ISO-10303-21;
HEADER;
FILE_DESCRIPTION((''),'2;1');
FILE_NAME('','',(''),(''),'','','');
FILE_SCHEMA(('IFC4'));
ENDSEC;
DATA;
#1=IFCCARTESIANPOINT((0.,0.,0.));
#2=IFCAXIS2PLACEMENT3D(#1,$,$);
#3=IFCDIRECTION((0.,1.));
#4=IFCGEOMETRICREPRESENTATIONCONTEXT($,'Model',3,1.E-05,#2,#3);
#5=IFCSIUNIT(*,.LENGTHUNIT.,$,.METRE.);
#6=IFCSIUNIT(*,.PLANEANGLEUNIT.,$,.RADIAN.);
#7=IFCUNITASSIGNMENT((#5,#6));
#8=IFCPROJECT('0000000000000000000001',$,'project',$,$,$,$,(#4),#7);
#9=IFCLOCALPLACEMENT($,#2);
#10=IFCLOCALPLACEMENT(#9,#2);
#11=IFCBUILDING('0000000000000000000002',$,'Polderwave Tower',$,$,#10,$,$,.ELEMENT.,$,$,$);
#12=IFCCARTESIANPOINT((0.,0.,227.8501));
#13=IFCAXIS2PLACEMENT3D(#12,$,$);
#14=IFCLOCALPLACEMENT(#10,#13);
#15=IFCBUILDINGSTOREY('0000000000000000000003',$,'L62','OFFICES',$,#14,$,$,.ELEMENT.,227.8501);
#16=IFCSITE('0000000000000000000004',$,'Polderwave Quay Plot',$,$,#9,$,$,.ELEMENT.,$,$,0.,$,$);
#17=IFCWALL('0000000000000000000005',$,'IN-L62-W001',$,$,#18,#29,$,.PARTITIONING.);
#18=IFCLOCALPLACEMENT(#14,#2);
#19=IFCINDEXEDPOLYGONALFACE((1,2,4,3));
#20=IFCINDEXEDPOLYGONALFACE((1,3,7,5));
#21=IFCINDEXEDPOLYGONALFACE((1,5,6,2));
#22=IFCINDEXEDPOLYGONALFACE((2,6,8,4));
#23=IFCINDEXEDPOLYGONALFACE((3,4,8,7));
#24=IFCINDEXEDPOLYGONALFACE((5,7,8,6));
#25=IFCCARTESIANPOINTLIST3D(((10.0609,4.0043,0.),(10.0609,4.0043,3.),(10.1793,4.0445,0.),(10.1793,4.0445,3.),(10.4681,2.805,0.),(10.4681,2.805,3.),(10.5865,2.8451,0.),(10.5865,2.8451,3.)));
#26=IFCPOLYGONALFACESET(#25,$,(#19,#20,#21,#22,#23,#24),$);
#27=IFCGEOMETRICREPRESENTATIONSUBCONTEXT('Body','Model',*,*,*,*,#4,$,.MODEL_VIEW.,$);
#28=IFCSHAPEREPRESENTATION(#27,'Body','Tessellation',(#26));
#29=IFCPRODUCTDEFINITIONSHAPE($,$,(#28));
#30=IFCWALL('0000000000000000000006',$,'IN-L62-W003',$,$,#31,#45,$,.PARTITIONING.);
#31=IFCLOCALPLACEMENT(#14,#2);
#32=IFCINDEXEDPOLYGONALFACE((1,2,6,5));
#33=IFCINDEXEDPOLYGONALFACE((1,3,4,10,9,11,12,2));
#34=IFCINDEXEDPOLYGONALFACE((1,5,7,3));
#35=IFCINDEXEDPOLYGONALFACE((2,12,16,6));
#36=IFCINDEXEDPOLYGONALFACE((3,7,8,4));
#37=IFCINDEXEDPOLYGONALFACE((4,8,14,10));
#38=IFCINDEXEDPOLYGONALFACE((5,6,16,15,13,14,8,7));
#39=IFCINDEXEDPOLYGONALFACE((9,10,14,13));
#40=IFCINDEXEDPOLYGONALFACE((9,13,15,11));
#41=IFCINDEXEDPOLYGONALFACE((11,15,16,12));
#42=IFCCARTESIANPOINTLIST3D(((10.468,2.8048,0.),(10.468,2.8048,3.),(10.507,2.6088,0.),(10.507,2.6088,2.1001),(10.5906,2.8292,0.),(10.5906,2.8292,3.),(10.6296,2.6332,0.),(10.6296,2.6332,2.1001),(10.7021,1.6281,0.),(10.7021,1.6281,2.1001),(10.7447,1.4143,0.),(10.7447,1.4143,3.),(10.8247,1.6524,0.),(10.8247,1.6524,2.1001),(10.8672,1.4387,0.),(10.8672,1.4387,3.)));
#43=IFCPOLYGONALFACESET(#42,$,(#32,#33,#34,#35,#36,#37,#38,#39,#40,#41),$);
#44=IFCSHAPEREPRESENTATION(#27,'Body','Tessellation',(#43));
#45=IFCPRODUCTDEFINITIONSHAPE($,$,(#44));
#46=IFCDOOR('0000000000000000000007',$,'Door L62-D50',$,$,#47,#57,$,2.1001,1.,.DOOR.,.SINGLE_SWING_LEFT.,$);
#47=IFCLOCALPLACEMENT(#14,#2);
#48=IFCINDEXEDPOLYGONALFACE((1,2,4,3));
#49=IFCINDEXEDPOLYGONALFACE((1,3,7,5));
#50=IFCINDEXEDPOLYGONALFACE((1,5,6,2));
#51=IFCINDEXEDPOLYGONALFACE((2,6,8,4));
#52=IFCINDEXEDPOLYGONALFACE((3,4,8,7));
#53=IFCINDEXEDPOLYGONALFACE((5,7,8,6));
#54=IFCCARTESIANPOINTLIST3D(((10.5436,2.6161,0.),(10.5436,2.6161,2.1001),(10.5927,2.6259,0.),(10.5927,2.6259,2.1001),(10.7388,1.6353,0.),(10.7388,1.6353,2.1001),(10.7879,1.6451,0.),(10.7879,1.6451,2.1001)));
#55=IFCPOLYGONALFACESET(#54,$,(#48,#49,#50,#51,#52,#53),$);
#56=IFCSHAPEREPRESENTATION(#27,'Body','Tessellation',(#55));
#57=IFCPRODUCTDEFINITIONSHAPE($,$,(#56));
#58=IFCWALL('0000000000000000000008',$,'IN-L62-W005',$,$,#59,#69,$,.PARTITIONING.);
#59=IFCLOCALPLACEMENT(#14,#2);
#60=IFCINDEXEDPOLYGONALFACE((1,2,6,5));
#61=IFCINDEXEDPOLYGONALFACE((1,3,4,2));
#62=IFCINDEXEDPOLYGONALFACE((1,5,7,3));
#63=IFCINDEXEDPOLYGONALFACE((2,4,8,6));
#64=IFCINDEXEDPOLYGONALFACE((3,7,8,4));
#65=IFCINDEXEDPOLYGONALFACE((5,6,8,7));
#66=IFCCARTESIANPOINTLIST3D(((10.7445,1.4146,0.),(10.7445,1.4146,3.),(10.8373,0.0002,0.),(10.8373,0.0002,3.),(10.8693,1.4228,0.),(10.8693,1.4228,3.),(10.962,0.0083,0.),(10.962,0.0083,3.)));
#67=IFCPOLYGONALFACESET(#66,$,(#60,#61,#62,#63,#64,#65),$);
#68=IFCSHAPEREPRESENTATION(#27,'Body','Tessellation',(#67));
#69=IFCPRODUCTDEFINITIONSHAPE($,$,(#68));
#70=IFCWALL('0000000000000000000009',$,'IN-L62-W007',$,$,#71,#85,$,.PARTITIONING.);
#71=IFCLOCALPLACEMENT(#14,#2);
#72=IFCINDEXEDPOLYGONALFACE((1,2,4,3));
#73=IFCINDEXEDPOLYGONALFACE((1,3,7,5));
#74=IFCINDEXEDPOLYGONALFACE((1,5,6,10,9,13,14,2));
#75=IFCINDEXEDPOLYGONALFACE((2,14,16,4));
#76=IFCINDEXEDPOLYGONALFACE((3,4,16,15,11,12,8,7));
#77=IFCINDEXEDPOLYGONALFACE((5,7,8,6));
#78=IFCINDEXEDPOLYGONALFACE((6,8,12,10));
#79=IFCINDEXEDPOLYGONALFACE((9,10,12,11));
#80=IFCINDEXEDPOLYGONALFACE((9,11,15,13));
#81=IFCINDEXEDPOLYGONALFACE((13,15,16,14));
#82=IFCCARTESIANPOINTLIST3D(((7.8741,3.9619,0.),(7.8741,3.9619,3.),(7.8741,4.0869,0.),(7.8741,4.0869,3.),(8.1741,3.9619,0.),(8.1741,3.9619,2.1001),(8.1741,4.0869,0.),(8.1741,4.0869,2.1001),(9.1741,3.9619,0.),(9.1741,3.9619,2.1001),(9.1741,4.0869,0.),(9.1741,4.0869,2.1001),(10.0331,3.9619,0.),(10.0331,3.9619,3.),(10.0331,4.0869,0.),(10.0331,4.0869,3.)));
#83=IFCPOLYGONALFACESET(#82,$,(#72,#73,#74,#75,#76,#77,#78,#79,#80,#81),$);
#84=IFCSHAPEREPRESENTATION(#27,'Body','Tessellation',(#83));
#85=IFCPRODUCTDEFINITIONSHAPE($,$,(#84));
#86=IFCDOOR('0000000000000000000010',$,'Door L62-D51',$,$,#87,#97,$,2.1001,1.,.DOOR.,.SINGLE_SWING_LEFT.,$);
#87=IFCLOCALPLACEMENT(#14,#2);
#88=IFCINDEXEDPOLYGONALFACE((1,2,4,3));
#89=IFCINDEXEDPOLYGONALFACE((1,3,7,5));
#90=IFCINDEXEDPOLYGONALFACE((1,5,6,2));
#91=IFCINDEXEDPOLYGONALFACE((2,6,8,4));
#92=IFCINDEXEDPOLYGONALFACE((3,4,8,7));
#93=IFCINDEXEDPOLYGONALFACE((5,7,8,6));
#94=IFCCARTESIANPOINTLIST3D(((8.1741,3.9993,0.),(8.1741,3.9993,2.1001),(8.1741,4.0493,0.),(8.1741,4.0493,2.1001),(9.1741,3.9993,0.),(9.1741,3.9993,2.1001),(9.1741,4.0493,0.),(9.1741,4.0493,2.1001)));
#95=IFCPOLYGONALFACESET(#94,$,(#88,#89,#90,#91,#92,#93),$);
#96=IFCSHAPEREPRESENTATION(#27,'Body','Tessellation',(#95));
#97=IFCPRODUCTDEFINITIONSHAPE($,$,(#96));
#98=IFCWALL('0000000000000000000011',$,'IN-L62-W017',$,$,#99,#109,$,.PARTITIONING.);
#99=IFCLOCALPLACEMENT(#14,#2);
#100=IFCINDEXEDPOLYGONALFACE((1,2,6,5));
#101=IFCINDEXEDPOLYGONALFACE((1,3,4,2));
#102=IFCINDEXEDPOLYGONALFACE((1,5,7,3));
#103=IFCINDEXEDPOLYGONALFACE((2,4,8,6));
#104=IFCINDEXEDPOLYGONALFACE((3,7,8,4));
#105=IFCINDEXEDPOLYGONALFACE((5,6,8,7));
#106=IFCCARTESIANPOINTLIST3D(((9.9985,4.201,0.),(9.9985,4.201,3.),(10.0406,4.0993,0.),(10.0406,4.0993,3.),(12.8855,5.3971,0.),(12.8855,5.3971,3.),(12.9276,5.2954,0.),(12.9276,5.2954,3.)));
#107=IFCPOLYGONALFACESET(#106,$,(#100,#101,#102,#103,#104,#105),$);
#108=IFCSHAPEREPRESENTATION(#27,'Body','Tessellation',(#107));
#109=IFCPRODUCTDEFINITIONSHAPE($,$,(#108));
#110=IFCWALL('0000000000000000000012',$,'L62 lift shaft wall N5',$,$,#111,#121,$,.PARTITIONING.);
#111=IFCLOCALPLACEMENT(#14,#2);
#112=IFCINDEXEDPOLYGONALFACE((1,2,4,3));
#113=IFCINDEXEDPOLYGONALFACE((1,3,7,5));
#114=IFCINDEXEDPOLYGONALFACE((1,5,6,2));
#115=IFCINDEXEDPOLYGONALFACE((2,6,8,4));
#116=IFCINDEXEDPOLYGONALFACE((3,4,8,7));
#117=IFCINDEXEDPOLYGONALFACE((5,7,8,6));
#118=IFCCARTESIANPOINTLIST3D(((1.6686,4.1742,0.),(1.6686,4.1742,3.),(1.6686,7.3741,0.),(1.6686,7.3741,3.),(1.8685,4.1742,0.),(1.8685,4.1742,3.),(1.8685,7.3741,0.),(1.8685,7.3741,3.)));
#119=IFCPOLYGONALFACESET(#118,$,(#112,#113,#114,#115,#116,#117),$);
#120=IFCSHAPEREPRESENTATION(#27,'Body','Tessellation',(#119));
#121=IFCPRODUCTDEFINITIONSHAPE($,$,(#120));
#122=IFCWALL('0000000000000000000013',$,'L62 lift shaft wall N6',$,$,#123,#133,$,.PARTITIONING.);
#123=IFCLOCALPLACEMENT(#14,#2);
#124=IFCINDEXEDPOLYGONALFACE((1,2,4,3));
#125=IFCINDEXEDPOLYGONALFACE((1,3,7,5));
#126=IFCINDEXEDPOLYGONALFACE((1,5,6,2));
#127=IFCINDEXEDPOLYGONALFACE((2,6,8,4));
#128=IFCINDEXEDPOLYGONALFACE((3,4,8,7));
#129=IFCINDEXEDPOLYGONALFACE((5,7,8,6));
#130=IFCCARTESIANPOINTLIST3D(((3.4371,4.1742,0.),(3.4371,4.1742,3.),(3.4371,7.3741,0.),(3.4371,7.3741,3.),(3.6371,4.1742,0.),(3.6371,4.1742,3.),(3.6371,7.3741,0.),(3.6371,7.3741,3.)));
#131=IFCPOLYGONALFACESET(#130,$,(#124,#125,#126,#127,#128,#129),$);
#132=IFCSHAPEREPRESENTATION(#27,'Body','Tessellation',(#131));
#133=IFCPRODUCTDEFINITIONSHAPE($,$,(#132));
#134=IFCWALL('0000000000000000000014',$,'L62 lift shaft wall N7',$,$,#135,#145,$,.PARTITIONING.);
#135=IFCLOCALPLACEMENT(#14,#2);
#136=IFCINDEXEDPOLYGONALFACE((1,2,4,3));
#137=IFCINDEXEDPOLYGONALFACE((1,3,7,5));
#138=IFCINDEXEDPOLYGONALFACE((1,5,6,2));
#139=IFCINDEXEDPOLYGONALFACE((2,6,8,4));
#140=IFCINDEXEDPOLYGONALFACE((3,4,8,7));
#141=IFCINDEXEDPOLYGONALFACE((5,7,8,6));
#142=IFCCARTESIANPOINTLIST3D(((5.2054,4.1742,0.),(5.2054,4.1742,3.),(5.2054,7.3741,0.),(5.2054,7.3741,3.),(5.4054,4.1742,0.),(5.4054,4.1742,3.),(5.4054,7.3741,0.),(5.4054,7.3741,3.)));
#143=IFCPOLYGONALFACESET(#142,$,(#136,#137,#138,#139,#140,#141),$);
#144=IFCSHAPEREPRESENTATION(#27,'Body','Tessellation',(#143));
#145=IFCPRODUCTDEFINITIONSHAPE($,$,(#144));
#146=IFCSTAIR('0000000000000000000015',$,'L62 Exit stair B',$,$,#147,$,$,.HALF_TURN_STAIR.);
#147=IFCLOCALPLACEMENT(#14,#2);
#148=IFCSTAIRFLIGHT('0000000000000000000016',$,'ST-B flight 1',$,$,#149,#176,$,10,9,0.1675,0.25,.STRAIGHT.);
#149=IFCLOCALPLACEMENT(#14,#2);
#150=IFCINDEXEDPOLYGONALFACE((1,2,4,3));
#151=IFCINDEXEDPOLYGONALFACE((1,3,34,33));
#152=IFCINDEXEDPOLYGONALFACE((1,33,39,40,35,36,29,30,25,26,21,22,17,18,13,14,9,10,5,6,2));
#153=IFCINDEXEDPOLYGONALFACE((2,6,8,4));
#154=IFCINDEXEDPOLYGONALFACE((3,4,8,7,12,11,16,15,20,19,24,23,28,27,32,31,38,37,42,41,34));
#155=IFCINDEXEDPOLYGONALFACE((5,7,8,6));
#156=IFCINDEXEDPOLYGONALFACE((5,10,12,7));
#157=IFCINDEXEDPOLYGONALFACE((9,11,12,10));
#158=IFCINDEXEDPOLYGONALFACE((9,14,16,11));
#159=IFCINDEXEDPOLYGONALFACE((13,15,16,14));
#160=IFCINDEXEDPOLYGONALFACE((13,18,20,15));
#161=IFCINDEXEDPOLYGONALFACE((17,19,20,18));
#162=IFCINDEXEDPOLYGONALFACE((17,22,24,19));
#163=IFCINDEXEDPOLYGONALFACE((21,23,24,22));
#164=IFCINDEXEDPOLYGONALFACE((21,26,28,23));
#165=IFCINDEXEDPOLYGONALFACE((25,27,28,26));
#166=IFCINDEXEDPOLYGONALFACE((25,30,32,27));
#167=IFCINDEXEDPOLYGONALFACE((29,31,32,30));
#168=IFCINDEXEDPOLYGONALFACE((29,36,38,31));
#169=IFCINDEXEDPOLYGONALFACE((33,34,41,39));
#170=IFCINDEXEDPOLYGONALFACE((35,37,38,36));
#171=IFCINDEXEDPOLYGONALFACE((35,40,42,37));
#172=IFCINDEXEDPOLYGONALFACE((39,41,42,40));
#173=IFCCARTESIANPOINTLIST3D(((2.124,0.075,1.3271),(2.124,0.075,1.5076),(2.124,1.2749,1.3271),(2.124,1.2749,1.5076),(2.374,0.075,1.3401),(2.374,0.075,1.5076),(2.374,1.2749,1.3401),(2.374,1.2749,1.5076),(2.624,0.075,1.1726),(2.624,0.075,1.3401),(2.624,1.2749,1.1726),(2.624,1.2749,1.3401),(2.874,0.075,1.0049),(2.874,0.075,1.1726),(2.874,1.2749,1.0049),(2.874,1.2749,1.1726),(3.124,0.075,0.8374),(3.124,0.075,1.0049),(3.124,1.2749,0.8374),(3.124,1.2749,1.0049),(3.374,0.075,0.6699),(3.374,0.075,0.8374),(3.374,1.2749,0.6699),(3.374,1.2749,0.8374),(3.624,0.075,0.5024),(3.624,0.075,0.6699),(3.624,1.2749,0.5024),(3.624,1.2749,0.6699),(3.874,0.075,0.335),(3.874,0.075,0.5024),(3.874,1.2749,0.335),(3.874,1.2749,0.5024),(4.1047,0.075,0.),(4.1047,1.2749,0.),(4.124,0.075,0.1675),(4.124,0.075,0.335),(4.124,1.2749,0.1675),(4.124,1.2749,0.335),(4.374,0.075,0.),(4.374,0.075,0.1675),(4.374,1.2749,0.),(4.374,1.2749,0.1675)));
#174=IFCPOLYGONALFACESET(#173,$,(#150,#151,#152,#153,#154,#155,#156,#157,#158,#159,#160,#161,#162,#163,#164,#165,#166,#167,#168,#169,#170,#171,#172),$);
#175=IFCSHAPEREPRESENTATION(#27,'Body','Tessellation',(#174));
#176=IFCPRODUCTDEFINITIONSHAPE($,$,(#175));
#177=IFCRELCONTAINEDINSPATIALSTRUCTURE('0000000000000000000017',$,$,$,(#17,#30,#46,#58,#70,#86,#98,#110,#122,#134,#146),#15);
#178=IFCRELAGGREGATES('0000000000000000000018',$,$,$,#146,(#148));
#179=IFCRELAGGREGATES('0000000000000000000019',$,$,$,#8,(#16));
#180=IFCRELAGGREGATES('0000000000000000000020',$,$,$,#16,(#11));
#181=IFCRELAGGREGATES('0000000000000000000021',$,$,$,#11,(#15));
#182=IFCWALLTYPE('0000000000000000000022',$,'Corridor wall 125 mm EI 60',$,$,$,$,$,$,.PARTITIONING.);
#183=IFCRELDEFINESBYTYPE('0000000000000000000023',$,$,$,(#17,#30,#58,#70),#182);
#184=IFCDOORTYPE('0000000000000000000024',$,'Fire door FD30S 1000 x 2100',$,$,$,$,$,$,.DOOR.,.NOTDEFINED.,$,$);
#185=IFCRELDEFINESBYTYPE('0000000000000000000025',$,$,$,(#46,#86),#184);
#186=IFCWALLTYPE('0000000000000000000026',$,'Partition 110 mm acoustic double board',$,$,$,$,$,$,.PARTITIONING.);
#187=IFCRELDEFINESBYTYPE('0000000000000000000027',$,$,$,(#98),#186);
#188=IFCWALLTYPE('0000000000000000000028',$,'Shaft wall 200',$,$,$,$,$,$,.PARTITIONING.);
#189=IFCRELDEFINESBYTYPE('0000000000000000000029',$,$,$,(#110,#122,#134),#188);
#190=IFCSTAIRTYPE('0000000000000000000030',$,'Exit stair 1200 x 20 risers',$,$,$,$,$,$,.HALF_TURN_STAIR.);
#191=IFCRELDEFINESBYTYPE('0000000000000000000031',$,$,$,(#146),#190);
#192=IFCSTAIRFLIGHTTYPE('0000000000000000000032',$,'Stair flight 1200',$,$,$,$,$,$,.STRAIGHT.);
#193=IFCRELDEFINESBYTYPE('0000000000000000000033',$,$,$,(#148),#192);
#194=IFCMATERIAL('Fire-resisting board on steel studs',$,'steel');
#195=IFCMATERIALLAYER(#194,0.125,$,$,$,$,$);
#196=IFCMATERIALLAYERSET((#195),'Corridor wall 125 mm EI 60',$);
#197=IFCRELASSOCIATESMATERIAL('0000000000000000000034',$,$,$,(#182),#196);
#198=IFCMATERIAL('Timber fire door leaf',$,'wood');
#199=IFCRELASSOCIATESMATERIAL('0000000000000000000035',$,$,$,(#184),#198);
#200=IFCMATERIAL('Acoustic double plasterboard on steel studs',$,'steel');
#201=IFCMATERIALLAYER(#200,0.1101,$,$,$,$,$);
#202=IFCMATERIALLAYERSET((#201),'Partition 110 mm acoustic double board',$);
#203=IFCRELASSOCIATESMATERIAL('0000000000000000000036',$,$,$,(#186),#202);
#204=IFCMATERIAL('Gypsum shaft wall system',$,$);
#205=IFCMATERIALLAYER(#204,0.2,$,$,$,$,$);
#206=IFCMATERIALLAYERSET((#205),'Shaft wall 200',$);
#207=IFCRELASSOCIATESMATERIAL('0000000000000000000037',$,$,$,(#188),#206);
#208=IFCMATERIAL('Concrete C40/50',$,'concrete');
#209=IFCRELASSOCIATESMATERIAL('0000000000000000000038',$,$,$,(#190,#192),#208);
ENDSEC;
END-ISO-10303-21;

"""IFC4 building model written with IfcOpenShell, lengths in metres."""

from ifc_helpers import new_model, si_unit, direction, frame, frame_2d, origin, place, context, subcontext, project, spatial, polyline, rectangle, outline, extrude, material, layer, layer_set, type_object, element, fill, aggregate, save


model = new_model("IFC4")

# Units and contexts
model_context = context("Model", 3, precision=1e-05, world=origin(), true_north=direction((0.0, 1.0)))
body_context = subcontext(model_context, "Body", "Model", "MODEL_VIEW")
ifc_project = project(units=[si_unit("LENGTHUNIT", "METRE"), si_unit("PLANEANGLEUNIT", "RADIAN")], contexts=[model_context])

# Site, building, storey
site_placement = place(None, origin())
site = spatial("IfcSite", under=ifc_project, at=site_placement, Name="Polderwave Quay Plot", CompositionType="ELEMENT", RefElevation=0.0)
building_placement = place(site_placement, origin())
building = spatial("IfcBuilding", under=site, at=building_placement, Name="Polderwave Tower", CompositionType="ELEMENT")
storey_placement = place(building_placement, frame((0.0, 0.0, 227.8501)))
storey = spatial("IfcBuildingStorey", under=building, at=storey_placement, Name="L62", Description="OFFICES", CompositionType="ELEMENT", Elevation=227.8501)

# Wall
ifc_material_1 = material(Name="Fire-resisting board on steel studs", Category="steel")
ifc_layer_1 = layer(ifc_material_1, 0.125)
ifc_layer_set_1 = layer_set([ifc_layer_1], Name="Corridor wall 125 mm EI 60")
wall_type_1 = type_object("IfcWallType", Name="Corridor wall 125 mm EI 60", PredefinedType="PARTITIONING", material=ifc_layer_set_1)
wall_1_placement = place(storey_placement, frame((10.1201, 4.0244, 0.0), z_axis=(0.0, 0.0, 1.0), x_axis=(0.321485, -0.946915, 0.0)))
element("IfcWall", 1, at=wall_1_placement, inside=storey, type_object=wall_type_1, Name="IN-L62-W001", PredefinedType="PARTITIONING", context=body_context, shape_type="SweptSolid", body=[
    extrude(rectangle(XDim=1.2666, YDim=0.125, at=frame_2d((0.6333, 0.0))), origin(), (0.0, 0.0, 1.0), 3.0),
])

# Wall, opening, door
wall_2_placement = place(storey_placement, frame((10.5293, 2.8171, 0.0), z_axis=(0.0, 0.0, 1.0), x_axis=(0.195122, -0.980779, 0.0)))
wall_2 = element("IfcWall", 2, at=wall_2_placement, inside=storey, type_object=wall_type_1, Name="IN-L62-W003", PredefinedType="PARTITIONING", context=body_context, shape_type="SweptSolid", body=[
    extrude(rectangle(XDim=1.4177, YDim=0.125, at=frame_2d((0.709, 0.0))), origin(), (0.0, 0.0, 1.0), 3.0),
])
opening_1_placement = place(wall_2_placement, frame((0.2, 0.0, 0.0)))
opening_1 = element("IfcOpeningElement", 3, at=opening_1_placement, cuts=wall_2, PredefinedType="OPENING", context=body_context, shape_type="SweptSolid", body=[
    extrude(rectangle(XDim=1.0, YDim=2.1001, at=frame_2d((0.5, 1.05))), frame((0.0, 0.0725, 0.0), z_axis=(0.0, -1.0, 0.0), x_axis=(1.0, 0.0, 0.0)), (0.0, 0.0, 1.0), 0.145),
])
ifc_material_2 = material(Name="Timber fire door leaf", Category="wood")
door_type = type_object("IfcDoorType", Name="Fire door FD30S 1000 x 2100", OperationType="NOTDEFINED", PredefinedType="DOOR", material=ifc_material_2)
door_1_placement = place(opening_1_placement, origin())
door_1 = element("IfcDoor", 4, at=door_1_placement, inside=storey, type_object=door_type, Name="Door L62-D50", OperationType="SINGLE_SWING_LEFT", OverallHeight=2.1001, OverallWidth=1.0, PredefinedType="DOOR", context=body_context, shape_type="SweptSolid", body=[
    extrude(rectangle(XDim=1.0, YDim=2.1001, at=frame_2d((0.5, 1.05))), frame((0.0, 0.0249, 0.0), z_axis=(0.0, -1.0, 0.0), x_axis=(1.0, 0.0, 0.0)), (0.0, 0.0, 1.0), 0.05),
])
fill(opening_1, door_1)

# Wall
wall_3_placement = place(storey_placement, frame((10.8069, 1.4187, 0.0), z_axis=(0.0, 0.0, 1.0), x_axis=(0.065444, -0.997856, 0.0)))
element("IfcWall", 5, at=wall_3_placement, inside=storey, type_object=wall_type_1, Name="IN-L62-W005", PredefinedType="PARTITIONING", context=body_context, shape_type="SweptSolid", body=[
    extrude(rectangle(XDim=1.4175, YDim=0.125, at=frame_2d((0.7087, 0.0))), origin(), (0.0, 0.0, 1.0), 3.0),
])

# Wall, opening, door
wall_4_placement = place(storey_placement, frame((7.874, 4.0244, 0.0), z_axis=(0.0, 0.0, 1.0), x_axis=(1.0, 0.0, 0.0)))
wall_4 = element("IfcWall", 6, at=wall_4_placement, inside=storey, type_object=wall_type_1, Name="IN-L62-W007", PredefinedType="PARTITIONING", context=body_context, shape_type="SweptSolid", body=[
    extrude(rectangle(XDim=2.1589, YDim=0.125, at=frame_2d((1.0796, 0.0))), origin(), (0.0, 0.0, 1.0), 3.0),
])
opening_2_placement = place(wall_4_placement, frame((0.3, 0.0, 0.0)))
opening_2 = element("IfcOpeningElement", 7, at=opening_2_placement, cuts=wall_4, PredefinedType="OPENING", context=body_context, shape_type="SweptSolid", body=[
    extrude(rectangle(XDim=1.0, YDim=2.1001, at=frame_2d((0.5, 1.05))), frame((0.0, 0.0725, 0.0), z_axis=(0.0, -1.0, 0.0), x_axis=(1.0, 0.0, 0.0)), (0.0, 0.0, 1.0), 0.145),
])
door_2_placement = place(opening_2_placement, origin())
door_2 = element("IfcDoor", 8, at=door_2_placement, inside=storey, type_object=door_type, Name="Door L62-D51", OperationType="SINGLE_SWING_LEFT", OverallHeight=2.1001, OverallWidth=1.0, PredefinedType="DOOR", context=body_context, shape_type="SweptSolid", body=[
    extrude(rectangle(XDim=1.0, YDim=2.1001, at=frame_2d((0.5, 1.05))), frame((0.0, 0.0249, 0.0), z_axis=(0.0, -1.0, 0.0), x_axis=(1.0, 0.0, 0.0)), (0.0, 0.0, 1.0), 0.05),
])
fill(opening_2, door_2)

# Walls
ifc_material_3 = material(Name="Acoustic double plasterboard on steel studs", Category="steel")
ifc_layer_2 = layer(ifc_material_3, 0.1101)
ifc_layer_set_2 = layer_set([ifc_layer_2], Name="Partition 110 mm acoustic double board")
wall_type_2 = type_object("IfcWallType", Name="Partition 110 mm acoustic double board", PredefinedType="PARTITIONING", material=ifc_layer_set_2)
wall_5_placement = place(storey_placement, frame((10.0195, 4.1501, 0.0), z_axis=(0.0, 0.0, 1.0), x_axis=(0.923854, 0.382745, 0.0)))
element("IfcWall", 9, at=wall_5_placement, inside=storey, type_object=wall_type_2, Name="IN-L62-W017", PredefinedType="PARTITIONING", context=body_context, shape_type="SweptSolid", body=[
    extrude(rectangle(XDim=3.125, YDim=0.1101, at=frame_2d((1.5625, 0.0))), origin(), (0.0, 0.0, 1.0), 3.0),
])
ifc_material_4 = material(Name="Gypsum shaft wall system")
ifc_layer_3 = layer(ifc_material_4, 0.2)
ifc_layer_set_3 = layer_set([ifc_layer_3], Name="Shaft wall 200")
wall_type_3 = type_object("IfcWallType", Name="Shaft wall 200", PredefinedType="PARTITIONING", material=ifc_layer_set_3)
for number, where, z_axis, x_axis, name in (
    (10, (1.7686, 4.1741, 0.0), (0.0, 0.0, 1.0), (0.0, 1.0, 0.0), "L62 lift shaft wall N5"),
    (11, (3.5371, 4.1741, 0.0), (0.0, 0.0, 1.0), (0.0, 1.0, 0.0), "L62 lift shaft wall N6"),
    (12, (5.3054, 4.1741, 0.0), (0.0, 0.0, 1.0), (0.0, 1.0, 0.0), "L62 lift shaft wall N7"),
):
    element("IfcWall", number, at=place(storey_placement, frame(where, z_axis=z_axis, x_axis=x_axis)), inside=storey, type_object=wall_type_3, Name=name, PredefinedType="PARTITIONING", context=body_context, shape_type="SweptSolid", body=[
        extrude(rectangle(XDim=3.2, YDim=0.2, at=frame_2d((1.6001, 0.0))), origin(), (0.0, 0.0, 1.0), 3.0),
    ])

# Stair, stair flight
ifc_material_5 = material(Name="Concrete C40/50", Category="concrete")
stair_type = type_object("IfcStairType", Name="Exit stair 1200 x 20 risers", PredefinedType="HALF_TURN_STAIR", material=ifc_material_5)
stair_placement = place(storey_placement, origin())
stair = element("IfcStair", 13, at=stair_placement, inside=storey, type_object=stair_type, Name="L62 Exit stair B", PredefinedType="HALF_TURN_STAIR")
stair_flight_type = type_object("IfcStairFlightType", Name="Stair flight 1200", PredefinedType="STRAIGHT", material=ifc_material_5)
stair_flight_placement = place(storey_placement, frame((4.374, 0.675, 0.0), z_axis=(0.0, 0.0, 1.0), x_axis=(-1.0, 0.0, 0.0)))
stair_flight = element("IfcStairFlight", 14, at=stair_flight_placement, type_object=stair_flight_type, Name="ST-B flight 1", NumberOfRisers=10, NumberOfTreads=9, PredefinedType="STRAIGHT", RiserHeight=0.1675, TreadLength=0.25, context=body_context, shape_type="SweptSolid", body=[
    extrude(outline(polyline([(0.0, 0.0), (0.0, 0.1675), (0.25, 0.1675), (0.25, 0.335), (0.5, 0.335), (0.5, 0.5024), (0.75, 0.5024), (0.75, 0.6699), (1.0, 0.6699), (1.0, 0.8374), (1.25, 0.8374), (1.25, 1.0049), (1.5, 1.0049), (1.5, 1.1726), (1.75, 1.1726), (1.75, 1.3401), (2.0, 1.3401), (2.0, 1.5076), (2.25, 1.5076), (2.25, 1.675), (2.25, 1.3271), (0.2693, 0.0), (0.0, 0.0)])), frame((0.0, 0.6001, 0.0), z_axis=(0.0, -1.0, 0.0), x_axis=(1.0, 0.0, 0.0)), (0.0, 0.0, 1.0), 1.2),
])
aggregate(stair, [stair_flight])

save(model, "model.ifc")
